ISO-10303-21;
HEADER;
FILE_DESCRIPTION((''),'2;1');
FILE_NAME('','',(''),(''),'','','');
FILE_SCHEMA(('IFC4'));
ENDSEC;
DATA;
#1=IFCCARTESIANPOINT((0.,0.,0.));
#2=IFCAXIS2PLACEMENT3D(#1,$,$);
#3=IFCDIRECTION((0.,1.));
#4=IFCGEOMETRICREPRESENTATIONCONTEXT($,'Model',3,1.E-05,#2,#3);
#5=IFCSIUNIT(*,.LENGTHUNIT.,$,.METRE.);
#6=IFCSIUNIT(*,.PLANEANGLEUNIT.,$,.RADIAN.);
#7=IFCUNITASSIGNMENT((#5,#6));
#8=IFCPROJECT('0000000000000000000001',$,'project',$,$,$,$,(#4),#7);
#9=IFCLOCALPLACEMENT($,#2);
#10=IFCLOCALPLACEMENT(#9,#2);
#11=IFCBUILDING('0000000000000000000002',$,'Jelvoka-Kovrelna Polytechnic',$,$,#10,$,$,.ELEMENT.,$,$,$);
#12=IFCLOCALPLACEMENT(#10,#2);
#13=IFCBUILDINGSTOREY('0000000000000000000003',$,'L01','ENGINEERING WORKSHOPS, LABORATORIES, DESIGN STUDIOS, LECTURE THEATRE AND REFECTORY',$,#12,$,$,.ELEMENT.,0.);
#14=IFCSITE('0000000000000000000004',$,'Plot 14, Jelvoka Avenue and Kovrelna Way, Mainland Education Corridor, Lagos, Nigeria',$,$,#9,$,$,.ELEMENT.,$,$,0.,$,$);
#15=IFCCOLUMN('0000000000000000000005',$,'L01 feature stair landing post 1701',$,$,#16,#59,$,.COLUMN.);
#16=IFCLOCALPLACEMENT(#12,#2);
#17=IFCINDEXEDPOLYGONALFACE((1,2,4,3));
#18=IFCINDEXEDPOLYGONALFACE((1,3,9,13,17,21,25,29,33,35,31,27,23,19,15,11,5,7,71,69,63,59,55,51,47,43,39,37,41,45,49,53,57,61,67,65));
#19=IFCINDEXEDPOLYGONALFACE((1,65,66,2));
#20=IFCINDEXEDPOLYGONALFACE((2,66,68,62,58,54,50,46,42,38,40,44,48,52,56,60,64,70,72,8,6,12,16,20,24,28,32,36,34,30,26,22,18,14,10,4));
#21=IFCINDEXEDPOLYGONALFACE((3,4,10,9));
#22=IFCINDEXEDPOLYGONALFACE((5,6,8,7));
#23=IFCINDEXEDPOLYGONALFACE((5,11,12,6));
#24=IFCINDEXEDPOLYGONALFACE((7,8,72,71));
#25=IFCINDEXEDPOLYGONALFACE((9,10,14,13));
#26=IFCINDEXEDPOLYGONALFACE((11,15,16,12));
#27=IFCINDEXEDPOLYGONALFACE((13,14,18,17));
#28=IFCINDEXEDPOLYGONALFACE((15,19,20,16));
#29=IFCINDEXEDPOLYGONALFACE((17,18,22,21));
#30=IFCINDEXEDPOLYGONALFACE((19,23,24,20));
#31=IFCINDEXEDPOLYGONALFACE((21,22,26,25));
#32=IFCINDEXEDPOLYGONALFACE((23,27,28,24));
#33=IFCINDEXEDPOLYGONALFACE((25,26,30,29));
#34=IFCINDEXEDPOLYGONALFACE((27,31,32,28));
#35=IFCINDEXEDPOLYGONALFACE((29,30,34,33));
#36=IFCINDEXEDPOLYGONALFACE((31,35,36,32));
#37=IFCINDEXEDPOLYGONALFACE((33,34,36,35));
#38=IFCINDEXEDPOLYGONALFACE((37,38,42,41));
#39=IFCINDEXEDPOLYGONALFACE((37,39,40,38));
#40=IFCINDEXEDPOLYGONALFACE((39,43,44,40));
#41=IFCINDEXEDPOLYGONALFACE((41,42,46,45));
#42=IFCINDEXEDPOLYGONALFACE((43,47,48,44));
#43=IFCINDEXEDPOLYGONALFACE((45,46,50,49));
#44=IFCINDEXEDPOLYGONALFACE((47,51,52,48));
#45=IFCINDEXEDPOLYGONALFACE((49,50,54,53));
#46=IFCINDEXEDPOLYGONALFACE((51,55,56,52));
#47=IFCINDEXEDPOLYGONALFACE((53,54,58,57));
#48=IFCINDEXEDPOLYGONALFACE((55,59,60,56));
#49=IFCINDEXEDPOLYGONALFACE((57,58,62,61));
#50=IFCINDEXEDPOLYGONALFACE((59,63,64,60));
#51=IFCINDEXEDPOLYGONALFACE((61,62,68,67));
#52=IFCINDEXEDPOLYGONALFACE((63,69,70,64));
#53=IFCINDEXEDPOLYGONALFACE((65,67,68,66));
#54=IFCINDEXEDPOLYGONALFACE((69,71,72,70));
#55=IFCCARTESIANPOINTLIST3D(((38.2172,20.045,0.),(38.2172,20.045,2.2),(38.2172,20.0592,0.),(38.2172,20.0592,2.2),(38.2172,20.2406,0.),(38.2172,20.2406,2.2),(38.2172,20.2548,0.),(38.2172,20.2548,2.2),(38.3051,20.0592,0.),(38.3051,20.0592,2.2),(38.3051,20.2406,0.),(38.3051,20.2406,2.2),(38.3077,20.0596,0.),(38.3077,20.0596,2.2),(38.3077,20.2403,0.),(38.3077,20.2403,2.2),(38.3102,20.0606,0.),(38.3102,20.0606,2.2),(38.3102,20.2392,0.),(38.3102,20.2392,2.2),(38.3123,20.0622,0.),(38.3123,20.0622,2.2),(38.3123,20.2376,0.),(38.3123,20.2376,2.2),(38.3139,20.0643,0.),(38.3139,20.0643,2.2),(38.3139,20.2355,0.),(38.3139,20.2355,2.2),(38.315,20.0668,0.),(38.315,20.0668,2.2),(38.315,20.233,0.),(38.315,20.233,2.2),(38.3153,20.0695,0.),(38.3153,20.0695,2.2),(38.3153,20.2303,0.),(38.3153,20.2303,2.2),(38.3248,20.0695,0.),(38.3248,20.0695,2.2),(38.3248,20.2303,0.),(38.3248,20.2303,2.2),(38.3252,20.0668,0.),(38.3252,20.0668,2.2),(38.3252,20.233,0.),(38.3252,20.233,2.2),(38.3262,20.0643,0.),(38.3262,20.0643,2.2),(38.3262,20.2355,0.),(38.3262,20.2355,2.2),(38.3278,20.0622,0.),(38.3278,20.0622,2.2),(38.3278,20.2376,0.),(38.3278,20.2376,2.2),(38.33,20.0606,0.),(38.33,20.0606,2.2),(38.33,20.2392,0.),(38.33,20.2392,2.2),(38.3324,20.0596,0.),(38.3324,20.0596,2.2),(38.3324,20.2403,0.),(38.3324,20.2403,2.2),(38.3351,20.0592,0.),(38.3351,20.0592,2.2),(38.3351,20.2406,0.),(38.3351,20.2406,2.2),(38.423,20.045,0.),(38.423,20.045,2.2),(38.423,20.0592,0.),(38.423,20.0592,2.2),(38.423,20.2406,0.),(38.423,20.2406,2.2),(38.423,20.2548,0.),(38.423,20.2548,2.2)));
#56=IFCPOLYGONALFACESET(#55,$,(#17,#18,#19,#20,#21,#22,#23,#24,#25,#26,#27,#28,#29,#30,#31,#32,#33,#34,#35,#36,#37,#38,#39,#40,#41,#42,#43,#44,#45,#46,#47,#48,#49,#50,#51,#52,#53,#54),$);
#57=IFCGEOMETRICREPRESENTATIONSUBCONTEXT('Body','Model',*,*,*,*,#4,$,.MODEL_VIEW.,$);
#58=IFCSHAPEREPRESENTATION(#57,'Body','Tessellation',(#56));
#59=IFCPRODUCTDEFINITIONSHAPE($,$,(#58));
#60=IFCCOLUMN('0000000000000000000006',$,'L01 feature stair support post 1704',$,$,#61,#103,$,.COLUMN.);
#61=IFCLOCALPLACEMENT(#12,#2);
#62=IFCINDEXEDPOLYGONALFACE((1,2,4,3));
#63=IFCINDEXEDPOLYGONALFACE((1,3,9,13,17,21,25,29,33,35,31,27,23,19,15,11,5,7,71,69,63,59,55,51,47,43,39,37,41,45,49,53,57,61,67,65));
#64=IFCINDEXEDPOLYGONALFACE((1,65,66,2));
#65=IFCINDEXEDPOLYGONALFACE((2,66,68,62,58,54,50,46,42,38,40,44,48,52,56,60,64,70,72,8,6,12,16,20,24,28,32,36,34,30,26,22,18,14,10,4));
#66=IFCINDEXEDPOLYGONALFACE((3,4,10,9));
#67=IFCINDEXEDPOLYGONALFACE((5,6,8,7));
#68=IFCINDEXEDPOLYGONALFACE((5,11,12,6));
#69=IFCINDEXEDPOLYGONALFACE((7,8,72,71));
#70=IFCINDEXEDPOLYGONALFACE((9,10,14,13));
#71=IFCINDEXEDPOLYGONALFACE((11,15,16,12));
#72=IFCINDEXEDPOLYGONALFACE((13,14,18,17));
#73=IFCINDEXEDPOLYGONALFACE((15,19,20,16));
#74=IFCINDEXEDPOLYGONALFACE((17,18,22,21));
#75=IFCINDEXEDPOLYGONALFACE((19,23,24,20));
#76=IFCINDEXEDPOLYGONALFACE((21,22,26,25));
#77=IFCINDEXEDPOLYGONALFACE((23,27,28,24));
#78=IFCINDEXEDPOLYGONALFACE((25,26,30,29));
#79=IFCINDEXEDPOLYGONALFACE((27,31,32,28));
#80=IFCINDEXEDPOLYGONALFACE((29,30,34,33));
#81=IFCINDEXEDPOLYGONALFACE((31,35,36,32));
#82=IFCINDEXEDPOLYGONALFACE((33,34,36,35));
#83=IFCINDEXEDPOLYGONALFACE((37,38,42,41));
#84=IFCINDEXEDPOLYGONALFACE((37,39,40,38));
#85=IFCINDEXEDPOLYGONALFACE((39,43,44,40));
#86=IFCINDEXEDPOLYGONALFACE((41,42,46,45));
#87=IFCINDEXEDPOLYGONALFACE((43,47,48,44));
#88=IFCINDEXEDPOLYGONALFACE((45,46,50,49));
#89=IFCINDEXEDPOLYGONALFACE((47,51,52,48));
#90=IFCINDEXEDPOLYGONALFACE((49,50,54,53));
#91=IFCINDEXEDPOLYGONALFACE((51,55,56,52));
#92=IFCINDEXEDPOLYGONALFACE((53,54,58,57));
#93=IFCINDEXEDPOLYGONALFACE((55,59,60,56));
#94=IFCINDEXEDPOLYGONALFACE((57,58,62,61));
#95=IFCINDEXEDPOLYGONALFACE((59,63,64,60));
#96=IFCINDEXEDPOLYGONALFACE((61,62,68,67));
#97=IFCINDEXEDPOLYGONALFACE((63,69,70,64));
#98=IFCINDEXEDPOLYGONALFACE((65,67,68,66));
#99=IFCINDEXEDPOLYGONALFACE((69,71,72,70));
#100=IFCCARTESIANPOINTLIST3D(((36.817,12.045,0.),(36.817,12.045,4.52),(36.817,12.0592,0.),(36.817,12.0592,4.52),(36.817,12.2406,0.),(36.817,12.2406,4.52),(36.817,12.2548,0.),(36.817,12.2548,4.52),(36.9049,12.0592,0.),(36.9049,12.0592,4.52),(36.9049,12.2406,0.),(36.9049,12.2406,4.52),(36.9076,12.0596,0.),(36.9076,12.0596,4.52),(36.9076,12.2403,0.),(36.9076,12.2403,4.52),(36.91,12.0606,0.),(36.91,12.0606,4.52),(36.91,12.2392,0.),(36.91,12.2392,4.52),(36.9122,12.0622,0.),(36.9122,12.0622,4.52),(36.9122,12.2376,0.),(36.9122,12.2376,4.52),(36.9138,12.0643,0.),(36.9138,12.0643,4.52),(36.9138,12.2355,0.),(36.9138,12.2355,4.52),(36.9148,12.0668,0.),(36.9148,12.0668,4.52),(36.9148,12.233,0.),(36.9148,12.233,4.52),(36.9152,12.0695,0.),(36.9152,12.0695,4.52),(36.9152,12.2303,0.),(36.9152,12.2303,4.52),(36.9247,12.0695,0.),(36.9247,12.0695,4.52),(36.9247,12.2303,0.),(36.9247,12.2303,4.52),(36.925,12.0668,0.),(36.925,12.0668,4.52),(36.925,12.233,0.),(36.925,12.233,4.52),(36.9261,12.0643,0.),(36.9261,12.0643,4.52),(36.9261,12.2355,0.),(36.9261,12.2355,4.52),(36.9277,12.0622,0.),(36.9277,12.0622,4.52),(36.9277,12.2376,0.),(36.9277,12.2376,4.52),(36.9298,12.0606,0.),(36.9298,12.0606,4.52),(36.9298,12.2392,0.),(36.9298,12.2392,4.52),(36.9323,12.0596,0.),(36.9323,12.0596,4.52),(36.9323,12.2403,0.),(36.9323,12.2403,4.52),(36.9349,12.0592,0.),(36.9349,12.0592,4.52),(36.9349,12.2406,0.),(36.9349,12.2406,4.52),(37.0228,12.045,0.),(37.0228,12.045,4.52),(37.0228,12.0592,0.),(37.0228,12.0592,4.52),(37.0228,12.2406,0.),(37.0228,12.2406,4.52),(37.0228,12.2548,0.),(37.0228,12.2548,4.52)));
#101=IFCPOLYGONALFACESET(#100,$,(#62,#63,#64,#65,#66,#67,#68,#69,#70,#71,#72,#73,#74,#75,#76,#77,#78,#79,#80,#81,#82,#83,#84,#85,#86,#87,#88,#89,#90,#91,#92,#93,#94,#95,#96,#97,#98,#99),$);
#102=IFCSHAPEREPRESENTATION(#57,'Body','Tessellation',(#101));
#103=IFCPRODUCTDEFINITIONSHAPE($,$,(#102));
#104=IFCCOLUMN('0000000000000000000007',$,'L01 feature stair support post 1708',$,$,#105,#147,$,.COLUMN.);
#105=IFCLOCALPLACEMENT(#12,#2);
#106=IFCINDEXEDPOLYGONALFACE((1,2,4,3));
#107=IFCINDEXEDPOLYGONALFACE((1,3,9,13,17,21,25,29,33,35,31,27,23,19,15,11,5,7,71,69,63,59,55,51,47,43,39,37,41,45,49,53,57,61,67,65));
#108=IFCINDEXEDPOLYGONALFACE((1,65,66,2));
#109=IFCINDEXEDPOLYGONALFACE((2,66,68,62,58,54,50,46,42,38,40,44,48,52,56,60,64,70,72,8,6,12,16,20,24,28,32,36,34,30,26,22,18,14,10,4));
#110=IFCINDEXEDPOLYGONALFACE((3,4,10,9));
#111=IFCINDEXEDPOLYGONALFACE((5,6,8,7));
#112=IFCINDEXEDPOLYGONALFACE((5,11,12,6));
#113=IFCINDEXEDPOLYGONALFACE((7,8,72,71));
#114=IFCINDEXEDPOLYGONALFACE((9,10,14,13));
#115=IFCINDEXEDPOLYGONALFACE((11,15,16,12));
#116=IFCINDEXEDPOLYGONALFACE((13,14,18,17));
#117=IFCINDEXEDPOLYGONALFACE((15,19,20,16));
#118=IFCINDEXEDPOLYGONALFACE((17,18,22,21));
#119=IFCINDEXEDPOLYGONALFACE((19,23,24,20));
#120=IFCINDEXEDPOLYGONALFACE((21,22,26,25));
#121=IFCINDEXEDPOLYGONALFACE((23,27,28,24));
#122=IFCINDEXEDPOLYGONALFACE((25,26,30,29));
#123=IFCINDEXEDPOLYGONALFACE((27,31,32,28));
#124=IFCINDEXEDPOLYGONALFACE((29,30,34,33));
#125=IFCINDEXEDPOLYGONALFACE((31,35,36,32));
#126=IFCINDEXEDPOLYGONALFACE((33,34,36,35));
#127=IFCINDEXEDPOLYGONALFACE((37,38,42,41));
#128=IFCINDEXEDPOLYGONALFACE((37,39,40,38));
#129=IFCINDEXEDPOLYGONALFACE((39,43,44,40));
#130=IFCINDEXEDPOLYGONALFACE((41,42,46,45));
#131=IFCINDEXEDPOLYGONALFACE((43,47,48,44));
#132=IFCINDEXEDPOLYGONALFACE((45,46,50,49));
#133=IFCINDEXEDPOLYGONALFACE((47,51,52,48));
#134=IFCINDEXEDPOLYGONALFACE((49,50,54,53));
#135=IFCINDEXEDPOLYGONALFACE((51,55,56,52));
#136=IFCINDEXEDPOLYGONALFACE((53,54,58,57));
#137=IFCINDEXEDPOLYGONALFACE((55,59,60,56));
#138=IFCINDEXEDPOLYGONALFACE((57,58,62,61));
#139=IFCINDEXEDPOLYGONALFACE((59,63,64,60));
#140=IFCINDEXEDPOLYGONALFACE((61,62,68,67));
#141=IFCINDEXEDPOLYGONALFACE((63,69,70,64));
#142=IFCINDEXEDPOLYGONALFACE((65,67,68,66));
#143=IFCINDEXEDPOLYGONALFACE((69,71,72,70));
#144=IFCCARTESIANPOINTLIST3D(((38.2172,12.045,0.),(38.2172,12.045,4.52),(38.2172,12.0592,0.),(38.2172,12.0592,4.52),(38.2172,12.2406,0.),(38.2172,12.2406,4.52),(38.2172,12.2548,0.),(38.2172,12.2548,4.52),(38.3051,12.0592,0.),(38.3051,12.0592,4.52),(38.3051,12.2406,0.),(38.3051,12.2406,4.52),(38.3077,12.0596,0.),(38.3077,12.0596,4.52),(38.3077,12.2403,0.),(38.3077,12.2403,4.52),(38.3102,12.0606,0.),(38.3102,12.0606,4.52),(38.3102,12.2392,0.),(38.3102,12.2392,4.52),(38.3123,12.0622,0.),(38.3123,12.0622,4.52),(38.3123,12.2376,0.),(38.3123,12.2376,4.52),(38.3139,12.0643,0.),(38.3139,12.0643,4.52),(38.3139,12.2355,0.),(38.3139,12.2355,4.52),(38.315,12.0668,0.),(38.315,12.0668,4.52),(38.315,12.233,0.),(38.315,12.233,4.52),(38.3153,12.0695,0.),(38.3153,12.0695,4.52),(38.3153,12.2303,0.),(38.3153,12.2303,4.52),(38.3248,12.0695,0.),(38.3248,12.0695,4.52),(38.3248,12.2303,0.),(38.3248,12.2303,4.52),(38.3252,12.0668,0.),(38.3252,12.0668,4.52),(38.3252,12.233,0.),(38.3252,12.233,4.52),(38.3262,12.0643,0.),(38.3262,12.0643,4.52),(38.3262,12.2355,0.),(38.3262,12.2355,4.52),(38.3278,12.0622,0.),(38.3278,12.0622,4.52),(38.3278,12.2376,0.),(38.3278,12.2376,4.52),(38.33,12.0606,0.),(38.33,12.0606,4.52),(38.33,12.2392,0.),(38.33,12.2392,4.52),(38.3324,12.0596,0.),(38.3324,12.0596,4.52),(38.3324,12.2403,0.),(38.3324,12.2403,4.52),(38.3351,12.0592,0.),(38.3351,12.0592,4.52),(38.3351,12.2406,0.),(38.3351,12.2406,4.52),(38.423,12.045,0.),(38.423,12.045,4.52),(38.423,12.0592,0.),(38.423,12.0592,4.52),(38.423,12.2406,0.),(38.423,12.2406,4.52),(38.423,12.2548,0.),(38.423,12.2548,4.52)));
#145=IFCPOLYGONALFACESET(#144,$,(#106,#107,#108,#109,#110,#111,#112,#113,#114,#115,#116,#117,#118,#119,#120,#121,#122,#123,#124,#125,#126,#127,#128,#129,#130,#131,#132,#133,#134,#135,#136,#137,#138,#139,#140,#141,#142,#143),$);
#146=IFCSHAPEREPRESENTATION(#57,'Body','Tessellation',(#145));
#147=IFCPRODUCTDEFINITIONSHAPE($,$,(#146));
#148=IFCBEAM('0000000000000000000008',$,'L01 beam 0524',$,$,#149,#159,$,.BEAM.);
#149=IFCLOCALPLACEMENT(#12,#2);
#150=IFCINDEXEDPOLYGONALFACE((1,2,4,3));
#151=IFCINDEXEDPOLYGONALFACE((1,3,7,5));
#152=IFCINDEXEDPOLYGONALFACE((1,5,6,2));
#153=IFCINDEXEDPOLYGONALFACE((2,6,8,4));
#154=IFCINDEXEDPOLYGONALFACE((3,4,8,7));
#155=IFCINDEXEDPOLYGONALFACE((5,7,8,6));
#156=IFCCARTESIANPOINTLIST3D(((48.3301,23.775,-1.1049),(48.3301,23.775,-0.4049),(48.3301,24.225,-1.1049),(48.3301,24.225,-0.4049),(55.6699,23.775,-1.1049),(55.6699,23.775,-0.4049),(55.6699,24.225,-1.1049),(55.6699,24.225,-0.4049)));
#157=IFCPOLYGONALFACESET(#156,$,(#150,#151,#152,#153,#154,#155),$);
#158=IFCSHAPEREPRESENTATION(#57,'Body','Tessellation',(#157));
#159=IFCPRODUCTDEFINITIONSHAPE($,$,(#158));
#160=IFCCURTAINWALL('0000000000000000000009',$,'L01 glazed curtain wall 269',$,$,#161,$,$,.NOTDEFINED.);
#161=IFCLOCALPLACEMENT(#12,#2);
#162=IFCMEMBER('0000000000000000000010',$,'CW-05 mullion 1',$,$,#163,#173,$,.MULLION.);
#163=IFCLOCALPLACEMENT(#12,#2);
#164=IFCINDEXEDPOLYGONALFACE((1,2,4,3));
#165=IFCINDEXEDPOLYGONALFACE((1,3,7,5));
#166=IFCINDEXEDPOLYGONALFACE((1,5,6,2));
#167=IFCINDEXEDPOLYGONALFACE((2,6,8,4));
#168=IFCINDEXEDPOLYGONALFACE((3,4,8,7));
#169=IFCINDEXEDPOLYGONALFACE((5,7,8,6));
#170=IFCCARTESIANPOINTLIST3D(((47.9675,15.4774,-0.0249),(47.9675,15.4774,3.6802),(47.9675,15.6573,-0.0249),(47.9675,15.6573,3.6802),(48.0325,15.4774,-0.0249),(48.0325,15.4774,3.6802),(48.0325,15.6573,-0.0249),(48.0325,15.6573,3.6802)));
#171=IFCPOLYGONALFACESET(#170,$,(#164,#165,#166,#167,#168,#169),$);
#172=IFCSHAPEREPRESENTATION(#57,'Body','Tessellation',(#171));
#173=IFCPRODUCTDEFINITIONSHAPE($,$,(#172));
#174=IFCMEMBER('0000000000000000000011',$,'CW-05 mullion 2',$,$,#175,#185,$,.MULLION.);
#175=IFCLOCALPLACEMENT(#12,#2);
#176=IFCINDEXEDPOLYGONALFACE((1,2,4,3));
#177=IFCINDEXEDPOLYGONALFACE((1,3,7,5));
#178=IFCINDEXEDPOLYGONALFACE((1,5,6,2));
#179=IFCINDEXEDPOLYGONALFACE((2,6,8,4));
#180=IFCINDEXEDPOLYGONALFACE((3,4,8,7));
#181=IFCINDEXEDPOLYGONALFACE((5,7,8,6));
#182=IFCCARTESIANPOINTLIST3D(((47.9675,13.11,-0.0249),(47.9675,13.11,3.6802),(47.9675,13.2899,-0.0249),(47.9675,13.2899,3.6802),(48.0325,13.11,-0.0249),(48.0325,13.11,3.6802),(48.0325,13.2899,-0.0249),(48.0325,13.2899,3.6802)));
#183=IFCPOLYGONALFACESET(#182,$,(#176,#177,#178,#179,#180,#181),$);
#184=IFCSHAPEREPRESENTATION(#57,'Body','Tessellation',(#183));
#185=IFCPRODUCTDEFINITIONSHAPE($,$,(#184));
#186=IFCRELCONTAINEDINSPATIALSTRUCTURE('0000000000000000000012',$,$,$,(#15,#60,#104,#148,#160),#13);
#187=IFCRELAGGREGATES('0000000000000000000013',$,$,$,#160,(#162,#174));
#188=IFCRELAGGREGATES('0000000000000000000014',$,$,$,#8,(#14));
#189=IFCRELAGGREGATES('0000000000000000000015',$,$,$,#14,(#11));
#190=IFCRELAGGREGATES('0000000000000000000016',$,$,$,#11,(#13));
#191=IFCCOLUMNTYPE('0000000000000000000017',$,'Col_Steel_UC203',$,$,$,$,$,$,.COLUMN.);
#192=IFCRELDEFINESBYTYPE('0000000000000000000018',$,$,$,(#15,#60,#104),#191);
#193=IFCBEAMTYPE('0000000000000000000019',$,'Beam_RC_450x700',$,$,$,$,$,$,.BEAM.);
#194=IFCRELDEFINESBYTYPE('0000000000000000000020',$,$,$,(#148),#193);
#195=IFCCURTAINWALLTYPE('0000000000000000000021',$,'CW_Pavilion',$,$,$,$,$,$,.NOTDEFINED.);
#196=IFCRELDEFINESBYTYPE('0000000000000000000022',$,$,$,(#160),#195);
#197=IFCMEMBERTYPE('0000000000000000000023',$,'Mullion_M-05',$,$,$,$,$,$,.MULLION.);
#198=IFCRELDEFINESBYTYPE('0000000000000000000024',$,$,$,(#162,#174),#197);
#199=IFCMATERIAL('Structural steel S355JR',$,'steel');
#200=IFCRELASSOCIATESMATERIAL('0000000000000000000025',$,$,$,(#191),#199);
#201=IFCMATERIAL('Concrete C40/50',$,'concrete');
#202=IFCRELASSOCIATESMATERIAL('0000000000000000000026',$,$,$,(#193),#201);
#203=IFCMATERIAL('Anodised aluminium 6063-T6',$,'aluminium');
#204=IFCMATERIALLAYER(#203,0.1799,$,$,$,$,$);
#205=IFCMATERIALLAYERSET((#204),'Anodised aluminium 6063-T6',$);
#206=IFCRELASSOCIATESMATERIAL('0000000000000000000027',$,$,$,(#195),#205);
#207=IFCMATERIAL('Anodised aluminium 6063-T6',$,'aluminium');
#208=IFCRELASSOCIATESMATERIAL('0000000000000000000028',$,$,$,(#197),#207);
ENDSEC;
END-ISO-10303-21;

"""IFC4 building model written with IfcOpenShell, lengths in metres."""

from ifc_helpers import new_model, si_unit, direction, frame, origin, origin_2d, place, context, subcontext, project, spatial, rectangle, i_section, extrude, material, layer, layer_set, material_profile, profile_set, type_object, element, aggregate, save


model = new_model("IFC4")

# Units and contexts
model_context = context("Model", 3, precision=1e-05, world=origin(), true_north=direction((0.0, 1.0)))
body_context = subcontext(model_context, "Body", "Model", "MODEL_VIEW")
ifc_project = project(units=[si_unit("LENGTHUNIT", "METRE"), si_unit("PLANEANGLEUNIT", "RADIAN")], contexts=[model_context])

# Site, building, storey
site_placement = place(None, origin())
site = spatial("IfcSite", under=ifc_project, at=site_placement, Name="Plot 14, Jelvoka Avenue and Kovrelna Way, Mainland Education Corridor, Lagos, Nigeria", CompositionType="ELEMENT", RefElevation=0.0)
building_placement = place(site_placement, origin())
building = spatial("IfcBuilding", under=site, at=building_placement, Name="Jelvoka-Kovrelna Polytechnic", CompositionType="ELEMENT")
storey_placement = place(building_placement, origin())
storey = spatial("IfcBuildingStorey", under=building, at=storey_placement, Name="L01", Description="ENGINEERING WORKSHOPS, LABORATORIES, DESIGN STUDIOS, LECTURE THEATRE AND REFECTORY", CompositionType="ELEMENT", Elevation=0.0)

# Columns
ifc_material_1 = material(Name="Structural steel S355JR", Category="steel")
ifc_material_profile_1 = material_profile(ifc_material_1, i_section(OverallWidth=0.2058, OverallDepth=0.2097, WebThickness=0.0095, FlangeThickness=0.0142, FilletRadius=0.0103, at=origin_2d()), Name="203x203x60 UC")
ifc_profile_set_1 = profile_set([ifc_material_profile_1], Name="Structural steel S355JR")
column_type_1 = type_object("IfcColumnType", Name="Col_Steel_UC203", PredefinedType="COLUMN", material=ifc_profile_set_1)
for number, where, z_axis, x_axis, name in (
    (1, (38.3201, 20.1499, 0.0), (0.0, 0.0, 1.0), (1.0, 0.0, 0.0), "L01 feature stair landing post 1701"),
):
    element("IfcColumn", number, at=place(storey_placement, frame(where, z_axis=z_axis, x_axis=x_axis)), inside=storey, type_object=column_type_1, Name=name, PredefinedType="COLUMN", context=body_context, shape_type="SweptSolid", body=[
        extrude(i_section(OverallWidth=0.2058, OverallDepth=0.2097, WebThickness=0.0095, FlangeThickness=0.0142, FilletRadius=0.0103, at=origin_2d()), origin(), (0.0, 0.0, 1.0), 2.2),
    ])
for number, where, z_axis, x_axis, name in (
    (2, (36.9199, 12.1499, 0.0), (0.0, 0.0, 1.0), (1.0, 0.0, 0.0), "L01 feature stair support post 1704"),
    (3, (38.3201, 12.1499, 0.0), (0.0, 0.0, 1.0), (1.0, 0.0, 0.0), "L01 feature stair support post 1708"),
):
    element("IfcColumn", number, at=place(storey_placement, frame(where, z_axis=z_axis, x_axis=x_axis)), inside=storey, type_object=column_type_1, Name=name, PredefinedType="COLUMN", context=body_context, shape_type="SweptSolid", body=[
        extrude(i_section(OverallWidth=0.2058, OverallDepth=0.2097, WebThickness=0.0095, FlangeThickness=0.0142, FilletRadius=0.0103, at=origin_2d()), origin(), (0.0, 0.0, 1.0), 4.52),
    ])

# Beam
ifc_material_2 = material(Name="Concrete C40/50", Category="concrete")
ifc_material_profile_2 = material_profile(ifc_material_2, rectangle(XDim=0.45, YDim=0.7, at=origin_2d()), Name="RC 450x700")
ifc_profile_set_2 = profile_set([ifc_material_profile_2], Name="Concrete C40/50")
beam_type_1 = type_object("IfcBeamType", Name="Beam_RC_450x700", PredefinedType="BEAM", material=ifc_profile_set_2)
beam_1_placement = place(storey_placement, frame((48.3301, 24.0, -0.7549), z_axis=(1.0, 0.0, 0.0), x_axis=(0.0, 1.0, 0.0)))
element("IfcBeam", 4, at=beam_1_placement, inside=storey, type_object=beam_type_1, Name="L01 beam 0524", PredefinedType="BEAM", context=body_context, shape_type="SweptSolid", body=[
    extrude(rectangle(XDim=0.45, YDim=0.7, at=origin_2d()), origin(), (0.0, 0.0, 1.0), 7.3398),
])

# Curtain wall, members
ifc_material_3 = material(Name="Anodised aluminium 6063-T6", Category="aluminium")
ifc_layer_1 = layer(ifc_material_3, 0.1799)
ifc_layer_set_1 = layer_set([ifc_layer_1], Name="Anodised aluminium 6063-T6")
curtain_wall_type = type_object("IfcCurtainWallType", Name="CW_Pavilion", PredefinedType="NOTDEFINED", material=ifc_layer_set_1)
curtain_wall_placement = place(storey_placement, origin())
curtain_wall = element("IfcCurtainWall", 5, at=curtain_wall_placement, inside=storey, type_object=curtain_wall_type, Name="L01 glazed curtain wall 269", PredefinedType="NOTDEFINED")
ifc_material_4 = material(Name="Anodised aluminium 6063-T6", Category="aluminium")
ifc_material_profile_3 = material_profile(ifc_material_4, rectangle(XDim=0.0649, YDim=0.1799, at=origin_2d()), Name="ALU 65x180")
ifc_profile_set_3 = profile_set([ifc_material_profile_3], Name="Anodised aluminium 6063-T6")
member_type_1 = type_object("IfcMemberType", Name="Mullion_M-05", PredefinedType="MULLION", material=ifc_profile_set_3)
member_1_placement = place(storey_placement, frame((48.0, 15.5674, -0.0249), z_axis=(0.0, 0.0, 1.0), x_axis=(1.0, 0.0, 0.0)))
member_1 = element("IfcMember", 6, at=member_1_placement, type_object=member_type_1, Name="CW-05 mullion 1", PredefinedType="MULLION", context=body_context, shape_type="SweptSolid", body=[
    extrude(rectangle(XDim=0.0649, YDim=0.1799, at=origin_2d()), origin(), (0.0, 0.0, 1.0), 3.7051),
])
member_2_placement = place(storey_placement, frame((48.0, 13.2, -0.0249), z_axis=(0.0, 0.0, 1.0), x_axis=(1.0, 0.0, 0.0)))
member_2 = element("IfcMember", 7, at=member_2_placement, type_object=member_type_1, Name="CW-05 mullion 2", PredefinedType="MULLION", context=body_context, shape_type="SweptSolid", body=[
    extrude(rectangle(XDim=0.0649, YDim=0.1799, at=origin_2d()), origin(), (0.0, 0.0, 1.0), 3.7051),
])

aggregate(curtain_wall, [member_1, member_2])

save(model, "model.ifc")
